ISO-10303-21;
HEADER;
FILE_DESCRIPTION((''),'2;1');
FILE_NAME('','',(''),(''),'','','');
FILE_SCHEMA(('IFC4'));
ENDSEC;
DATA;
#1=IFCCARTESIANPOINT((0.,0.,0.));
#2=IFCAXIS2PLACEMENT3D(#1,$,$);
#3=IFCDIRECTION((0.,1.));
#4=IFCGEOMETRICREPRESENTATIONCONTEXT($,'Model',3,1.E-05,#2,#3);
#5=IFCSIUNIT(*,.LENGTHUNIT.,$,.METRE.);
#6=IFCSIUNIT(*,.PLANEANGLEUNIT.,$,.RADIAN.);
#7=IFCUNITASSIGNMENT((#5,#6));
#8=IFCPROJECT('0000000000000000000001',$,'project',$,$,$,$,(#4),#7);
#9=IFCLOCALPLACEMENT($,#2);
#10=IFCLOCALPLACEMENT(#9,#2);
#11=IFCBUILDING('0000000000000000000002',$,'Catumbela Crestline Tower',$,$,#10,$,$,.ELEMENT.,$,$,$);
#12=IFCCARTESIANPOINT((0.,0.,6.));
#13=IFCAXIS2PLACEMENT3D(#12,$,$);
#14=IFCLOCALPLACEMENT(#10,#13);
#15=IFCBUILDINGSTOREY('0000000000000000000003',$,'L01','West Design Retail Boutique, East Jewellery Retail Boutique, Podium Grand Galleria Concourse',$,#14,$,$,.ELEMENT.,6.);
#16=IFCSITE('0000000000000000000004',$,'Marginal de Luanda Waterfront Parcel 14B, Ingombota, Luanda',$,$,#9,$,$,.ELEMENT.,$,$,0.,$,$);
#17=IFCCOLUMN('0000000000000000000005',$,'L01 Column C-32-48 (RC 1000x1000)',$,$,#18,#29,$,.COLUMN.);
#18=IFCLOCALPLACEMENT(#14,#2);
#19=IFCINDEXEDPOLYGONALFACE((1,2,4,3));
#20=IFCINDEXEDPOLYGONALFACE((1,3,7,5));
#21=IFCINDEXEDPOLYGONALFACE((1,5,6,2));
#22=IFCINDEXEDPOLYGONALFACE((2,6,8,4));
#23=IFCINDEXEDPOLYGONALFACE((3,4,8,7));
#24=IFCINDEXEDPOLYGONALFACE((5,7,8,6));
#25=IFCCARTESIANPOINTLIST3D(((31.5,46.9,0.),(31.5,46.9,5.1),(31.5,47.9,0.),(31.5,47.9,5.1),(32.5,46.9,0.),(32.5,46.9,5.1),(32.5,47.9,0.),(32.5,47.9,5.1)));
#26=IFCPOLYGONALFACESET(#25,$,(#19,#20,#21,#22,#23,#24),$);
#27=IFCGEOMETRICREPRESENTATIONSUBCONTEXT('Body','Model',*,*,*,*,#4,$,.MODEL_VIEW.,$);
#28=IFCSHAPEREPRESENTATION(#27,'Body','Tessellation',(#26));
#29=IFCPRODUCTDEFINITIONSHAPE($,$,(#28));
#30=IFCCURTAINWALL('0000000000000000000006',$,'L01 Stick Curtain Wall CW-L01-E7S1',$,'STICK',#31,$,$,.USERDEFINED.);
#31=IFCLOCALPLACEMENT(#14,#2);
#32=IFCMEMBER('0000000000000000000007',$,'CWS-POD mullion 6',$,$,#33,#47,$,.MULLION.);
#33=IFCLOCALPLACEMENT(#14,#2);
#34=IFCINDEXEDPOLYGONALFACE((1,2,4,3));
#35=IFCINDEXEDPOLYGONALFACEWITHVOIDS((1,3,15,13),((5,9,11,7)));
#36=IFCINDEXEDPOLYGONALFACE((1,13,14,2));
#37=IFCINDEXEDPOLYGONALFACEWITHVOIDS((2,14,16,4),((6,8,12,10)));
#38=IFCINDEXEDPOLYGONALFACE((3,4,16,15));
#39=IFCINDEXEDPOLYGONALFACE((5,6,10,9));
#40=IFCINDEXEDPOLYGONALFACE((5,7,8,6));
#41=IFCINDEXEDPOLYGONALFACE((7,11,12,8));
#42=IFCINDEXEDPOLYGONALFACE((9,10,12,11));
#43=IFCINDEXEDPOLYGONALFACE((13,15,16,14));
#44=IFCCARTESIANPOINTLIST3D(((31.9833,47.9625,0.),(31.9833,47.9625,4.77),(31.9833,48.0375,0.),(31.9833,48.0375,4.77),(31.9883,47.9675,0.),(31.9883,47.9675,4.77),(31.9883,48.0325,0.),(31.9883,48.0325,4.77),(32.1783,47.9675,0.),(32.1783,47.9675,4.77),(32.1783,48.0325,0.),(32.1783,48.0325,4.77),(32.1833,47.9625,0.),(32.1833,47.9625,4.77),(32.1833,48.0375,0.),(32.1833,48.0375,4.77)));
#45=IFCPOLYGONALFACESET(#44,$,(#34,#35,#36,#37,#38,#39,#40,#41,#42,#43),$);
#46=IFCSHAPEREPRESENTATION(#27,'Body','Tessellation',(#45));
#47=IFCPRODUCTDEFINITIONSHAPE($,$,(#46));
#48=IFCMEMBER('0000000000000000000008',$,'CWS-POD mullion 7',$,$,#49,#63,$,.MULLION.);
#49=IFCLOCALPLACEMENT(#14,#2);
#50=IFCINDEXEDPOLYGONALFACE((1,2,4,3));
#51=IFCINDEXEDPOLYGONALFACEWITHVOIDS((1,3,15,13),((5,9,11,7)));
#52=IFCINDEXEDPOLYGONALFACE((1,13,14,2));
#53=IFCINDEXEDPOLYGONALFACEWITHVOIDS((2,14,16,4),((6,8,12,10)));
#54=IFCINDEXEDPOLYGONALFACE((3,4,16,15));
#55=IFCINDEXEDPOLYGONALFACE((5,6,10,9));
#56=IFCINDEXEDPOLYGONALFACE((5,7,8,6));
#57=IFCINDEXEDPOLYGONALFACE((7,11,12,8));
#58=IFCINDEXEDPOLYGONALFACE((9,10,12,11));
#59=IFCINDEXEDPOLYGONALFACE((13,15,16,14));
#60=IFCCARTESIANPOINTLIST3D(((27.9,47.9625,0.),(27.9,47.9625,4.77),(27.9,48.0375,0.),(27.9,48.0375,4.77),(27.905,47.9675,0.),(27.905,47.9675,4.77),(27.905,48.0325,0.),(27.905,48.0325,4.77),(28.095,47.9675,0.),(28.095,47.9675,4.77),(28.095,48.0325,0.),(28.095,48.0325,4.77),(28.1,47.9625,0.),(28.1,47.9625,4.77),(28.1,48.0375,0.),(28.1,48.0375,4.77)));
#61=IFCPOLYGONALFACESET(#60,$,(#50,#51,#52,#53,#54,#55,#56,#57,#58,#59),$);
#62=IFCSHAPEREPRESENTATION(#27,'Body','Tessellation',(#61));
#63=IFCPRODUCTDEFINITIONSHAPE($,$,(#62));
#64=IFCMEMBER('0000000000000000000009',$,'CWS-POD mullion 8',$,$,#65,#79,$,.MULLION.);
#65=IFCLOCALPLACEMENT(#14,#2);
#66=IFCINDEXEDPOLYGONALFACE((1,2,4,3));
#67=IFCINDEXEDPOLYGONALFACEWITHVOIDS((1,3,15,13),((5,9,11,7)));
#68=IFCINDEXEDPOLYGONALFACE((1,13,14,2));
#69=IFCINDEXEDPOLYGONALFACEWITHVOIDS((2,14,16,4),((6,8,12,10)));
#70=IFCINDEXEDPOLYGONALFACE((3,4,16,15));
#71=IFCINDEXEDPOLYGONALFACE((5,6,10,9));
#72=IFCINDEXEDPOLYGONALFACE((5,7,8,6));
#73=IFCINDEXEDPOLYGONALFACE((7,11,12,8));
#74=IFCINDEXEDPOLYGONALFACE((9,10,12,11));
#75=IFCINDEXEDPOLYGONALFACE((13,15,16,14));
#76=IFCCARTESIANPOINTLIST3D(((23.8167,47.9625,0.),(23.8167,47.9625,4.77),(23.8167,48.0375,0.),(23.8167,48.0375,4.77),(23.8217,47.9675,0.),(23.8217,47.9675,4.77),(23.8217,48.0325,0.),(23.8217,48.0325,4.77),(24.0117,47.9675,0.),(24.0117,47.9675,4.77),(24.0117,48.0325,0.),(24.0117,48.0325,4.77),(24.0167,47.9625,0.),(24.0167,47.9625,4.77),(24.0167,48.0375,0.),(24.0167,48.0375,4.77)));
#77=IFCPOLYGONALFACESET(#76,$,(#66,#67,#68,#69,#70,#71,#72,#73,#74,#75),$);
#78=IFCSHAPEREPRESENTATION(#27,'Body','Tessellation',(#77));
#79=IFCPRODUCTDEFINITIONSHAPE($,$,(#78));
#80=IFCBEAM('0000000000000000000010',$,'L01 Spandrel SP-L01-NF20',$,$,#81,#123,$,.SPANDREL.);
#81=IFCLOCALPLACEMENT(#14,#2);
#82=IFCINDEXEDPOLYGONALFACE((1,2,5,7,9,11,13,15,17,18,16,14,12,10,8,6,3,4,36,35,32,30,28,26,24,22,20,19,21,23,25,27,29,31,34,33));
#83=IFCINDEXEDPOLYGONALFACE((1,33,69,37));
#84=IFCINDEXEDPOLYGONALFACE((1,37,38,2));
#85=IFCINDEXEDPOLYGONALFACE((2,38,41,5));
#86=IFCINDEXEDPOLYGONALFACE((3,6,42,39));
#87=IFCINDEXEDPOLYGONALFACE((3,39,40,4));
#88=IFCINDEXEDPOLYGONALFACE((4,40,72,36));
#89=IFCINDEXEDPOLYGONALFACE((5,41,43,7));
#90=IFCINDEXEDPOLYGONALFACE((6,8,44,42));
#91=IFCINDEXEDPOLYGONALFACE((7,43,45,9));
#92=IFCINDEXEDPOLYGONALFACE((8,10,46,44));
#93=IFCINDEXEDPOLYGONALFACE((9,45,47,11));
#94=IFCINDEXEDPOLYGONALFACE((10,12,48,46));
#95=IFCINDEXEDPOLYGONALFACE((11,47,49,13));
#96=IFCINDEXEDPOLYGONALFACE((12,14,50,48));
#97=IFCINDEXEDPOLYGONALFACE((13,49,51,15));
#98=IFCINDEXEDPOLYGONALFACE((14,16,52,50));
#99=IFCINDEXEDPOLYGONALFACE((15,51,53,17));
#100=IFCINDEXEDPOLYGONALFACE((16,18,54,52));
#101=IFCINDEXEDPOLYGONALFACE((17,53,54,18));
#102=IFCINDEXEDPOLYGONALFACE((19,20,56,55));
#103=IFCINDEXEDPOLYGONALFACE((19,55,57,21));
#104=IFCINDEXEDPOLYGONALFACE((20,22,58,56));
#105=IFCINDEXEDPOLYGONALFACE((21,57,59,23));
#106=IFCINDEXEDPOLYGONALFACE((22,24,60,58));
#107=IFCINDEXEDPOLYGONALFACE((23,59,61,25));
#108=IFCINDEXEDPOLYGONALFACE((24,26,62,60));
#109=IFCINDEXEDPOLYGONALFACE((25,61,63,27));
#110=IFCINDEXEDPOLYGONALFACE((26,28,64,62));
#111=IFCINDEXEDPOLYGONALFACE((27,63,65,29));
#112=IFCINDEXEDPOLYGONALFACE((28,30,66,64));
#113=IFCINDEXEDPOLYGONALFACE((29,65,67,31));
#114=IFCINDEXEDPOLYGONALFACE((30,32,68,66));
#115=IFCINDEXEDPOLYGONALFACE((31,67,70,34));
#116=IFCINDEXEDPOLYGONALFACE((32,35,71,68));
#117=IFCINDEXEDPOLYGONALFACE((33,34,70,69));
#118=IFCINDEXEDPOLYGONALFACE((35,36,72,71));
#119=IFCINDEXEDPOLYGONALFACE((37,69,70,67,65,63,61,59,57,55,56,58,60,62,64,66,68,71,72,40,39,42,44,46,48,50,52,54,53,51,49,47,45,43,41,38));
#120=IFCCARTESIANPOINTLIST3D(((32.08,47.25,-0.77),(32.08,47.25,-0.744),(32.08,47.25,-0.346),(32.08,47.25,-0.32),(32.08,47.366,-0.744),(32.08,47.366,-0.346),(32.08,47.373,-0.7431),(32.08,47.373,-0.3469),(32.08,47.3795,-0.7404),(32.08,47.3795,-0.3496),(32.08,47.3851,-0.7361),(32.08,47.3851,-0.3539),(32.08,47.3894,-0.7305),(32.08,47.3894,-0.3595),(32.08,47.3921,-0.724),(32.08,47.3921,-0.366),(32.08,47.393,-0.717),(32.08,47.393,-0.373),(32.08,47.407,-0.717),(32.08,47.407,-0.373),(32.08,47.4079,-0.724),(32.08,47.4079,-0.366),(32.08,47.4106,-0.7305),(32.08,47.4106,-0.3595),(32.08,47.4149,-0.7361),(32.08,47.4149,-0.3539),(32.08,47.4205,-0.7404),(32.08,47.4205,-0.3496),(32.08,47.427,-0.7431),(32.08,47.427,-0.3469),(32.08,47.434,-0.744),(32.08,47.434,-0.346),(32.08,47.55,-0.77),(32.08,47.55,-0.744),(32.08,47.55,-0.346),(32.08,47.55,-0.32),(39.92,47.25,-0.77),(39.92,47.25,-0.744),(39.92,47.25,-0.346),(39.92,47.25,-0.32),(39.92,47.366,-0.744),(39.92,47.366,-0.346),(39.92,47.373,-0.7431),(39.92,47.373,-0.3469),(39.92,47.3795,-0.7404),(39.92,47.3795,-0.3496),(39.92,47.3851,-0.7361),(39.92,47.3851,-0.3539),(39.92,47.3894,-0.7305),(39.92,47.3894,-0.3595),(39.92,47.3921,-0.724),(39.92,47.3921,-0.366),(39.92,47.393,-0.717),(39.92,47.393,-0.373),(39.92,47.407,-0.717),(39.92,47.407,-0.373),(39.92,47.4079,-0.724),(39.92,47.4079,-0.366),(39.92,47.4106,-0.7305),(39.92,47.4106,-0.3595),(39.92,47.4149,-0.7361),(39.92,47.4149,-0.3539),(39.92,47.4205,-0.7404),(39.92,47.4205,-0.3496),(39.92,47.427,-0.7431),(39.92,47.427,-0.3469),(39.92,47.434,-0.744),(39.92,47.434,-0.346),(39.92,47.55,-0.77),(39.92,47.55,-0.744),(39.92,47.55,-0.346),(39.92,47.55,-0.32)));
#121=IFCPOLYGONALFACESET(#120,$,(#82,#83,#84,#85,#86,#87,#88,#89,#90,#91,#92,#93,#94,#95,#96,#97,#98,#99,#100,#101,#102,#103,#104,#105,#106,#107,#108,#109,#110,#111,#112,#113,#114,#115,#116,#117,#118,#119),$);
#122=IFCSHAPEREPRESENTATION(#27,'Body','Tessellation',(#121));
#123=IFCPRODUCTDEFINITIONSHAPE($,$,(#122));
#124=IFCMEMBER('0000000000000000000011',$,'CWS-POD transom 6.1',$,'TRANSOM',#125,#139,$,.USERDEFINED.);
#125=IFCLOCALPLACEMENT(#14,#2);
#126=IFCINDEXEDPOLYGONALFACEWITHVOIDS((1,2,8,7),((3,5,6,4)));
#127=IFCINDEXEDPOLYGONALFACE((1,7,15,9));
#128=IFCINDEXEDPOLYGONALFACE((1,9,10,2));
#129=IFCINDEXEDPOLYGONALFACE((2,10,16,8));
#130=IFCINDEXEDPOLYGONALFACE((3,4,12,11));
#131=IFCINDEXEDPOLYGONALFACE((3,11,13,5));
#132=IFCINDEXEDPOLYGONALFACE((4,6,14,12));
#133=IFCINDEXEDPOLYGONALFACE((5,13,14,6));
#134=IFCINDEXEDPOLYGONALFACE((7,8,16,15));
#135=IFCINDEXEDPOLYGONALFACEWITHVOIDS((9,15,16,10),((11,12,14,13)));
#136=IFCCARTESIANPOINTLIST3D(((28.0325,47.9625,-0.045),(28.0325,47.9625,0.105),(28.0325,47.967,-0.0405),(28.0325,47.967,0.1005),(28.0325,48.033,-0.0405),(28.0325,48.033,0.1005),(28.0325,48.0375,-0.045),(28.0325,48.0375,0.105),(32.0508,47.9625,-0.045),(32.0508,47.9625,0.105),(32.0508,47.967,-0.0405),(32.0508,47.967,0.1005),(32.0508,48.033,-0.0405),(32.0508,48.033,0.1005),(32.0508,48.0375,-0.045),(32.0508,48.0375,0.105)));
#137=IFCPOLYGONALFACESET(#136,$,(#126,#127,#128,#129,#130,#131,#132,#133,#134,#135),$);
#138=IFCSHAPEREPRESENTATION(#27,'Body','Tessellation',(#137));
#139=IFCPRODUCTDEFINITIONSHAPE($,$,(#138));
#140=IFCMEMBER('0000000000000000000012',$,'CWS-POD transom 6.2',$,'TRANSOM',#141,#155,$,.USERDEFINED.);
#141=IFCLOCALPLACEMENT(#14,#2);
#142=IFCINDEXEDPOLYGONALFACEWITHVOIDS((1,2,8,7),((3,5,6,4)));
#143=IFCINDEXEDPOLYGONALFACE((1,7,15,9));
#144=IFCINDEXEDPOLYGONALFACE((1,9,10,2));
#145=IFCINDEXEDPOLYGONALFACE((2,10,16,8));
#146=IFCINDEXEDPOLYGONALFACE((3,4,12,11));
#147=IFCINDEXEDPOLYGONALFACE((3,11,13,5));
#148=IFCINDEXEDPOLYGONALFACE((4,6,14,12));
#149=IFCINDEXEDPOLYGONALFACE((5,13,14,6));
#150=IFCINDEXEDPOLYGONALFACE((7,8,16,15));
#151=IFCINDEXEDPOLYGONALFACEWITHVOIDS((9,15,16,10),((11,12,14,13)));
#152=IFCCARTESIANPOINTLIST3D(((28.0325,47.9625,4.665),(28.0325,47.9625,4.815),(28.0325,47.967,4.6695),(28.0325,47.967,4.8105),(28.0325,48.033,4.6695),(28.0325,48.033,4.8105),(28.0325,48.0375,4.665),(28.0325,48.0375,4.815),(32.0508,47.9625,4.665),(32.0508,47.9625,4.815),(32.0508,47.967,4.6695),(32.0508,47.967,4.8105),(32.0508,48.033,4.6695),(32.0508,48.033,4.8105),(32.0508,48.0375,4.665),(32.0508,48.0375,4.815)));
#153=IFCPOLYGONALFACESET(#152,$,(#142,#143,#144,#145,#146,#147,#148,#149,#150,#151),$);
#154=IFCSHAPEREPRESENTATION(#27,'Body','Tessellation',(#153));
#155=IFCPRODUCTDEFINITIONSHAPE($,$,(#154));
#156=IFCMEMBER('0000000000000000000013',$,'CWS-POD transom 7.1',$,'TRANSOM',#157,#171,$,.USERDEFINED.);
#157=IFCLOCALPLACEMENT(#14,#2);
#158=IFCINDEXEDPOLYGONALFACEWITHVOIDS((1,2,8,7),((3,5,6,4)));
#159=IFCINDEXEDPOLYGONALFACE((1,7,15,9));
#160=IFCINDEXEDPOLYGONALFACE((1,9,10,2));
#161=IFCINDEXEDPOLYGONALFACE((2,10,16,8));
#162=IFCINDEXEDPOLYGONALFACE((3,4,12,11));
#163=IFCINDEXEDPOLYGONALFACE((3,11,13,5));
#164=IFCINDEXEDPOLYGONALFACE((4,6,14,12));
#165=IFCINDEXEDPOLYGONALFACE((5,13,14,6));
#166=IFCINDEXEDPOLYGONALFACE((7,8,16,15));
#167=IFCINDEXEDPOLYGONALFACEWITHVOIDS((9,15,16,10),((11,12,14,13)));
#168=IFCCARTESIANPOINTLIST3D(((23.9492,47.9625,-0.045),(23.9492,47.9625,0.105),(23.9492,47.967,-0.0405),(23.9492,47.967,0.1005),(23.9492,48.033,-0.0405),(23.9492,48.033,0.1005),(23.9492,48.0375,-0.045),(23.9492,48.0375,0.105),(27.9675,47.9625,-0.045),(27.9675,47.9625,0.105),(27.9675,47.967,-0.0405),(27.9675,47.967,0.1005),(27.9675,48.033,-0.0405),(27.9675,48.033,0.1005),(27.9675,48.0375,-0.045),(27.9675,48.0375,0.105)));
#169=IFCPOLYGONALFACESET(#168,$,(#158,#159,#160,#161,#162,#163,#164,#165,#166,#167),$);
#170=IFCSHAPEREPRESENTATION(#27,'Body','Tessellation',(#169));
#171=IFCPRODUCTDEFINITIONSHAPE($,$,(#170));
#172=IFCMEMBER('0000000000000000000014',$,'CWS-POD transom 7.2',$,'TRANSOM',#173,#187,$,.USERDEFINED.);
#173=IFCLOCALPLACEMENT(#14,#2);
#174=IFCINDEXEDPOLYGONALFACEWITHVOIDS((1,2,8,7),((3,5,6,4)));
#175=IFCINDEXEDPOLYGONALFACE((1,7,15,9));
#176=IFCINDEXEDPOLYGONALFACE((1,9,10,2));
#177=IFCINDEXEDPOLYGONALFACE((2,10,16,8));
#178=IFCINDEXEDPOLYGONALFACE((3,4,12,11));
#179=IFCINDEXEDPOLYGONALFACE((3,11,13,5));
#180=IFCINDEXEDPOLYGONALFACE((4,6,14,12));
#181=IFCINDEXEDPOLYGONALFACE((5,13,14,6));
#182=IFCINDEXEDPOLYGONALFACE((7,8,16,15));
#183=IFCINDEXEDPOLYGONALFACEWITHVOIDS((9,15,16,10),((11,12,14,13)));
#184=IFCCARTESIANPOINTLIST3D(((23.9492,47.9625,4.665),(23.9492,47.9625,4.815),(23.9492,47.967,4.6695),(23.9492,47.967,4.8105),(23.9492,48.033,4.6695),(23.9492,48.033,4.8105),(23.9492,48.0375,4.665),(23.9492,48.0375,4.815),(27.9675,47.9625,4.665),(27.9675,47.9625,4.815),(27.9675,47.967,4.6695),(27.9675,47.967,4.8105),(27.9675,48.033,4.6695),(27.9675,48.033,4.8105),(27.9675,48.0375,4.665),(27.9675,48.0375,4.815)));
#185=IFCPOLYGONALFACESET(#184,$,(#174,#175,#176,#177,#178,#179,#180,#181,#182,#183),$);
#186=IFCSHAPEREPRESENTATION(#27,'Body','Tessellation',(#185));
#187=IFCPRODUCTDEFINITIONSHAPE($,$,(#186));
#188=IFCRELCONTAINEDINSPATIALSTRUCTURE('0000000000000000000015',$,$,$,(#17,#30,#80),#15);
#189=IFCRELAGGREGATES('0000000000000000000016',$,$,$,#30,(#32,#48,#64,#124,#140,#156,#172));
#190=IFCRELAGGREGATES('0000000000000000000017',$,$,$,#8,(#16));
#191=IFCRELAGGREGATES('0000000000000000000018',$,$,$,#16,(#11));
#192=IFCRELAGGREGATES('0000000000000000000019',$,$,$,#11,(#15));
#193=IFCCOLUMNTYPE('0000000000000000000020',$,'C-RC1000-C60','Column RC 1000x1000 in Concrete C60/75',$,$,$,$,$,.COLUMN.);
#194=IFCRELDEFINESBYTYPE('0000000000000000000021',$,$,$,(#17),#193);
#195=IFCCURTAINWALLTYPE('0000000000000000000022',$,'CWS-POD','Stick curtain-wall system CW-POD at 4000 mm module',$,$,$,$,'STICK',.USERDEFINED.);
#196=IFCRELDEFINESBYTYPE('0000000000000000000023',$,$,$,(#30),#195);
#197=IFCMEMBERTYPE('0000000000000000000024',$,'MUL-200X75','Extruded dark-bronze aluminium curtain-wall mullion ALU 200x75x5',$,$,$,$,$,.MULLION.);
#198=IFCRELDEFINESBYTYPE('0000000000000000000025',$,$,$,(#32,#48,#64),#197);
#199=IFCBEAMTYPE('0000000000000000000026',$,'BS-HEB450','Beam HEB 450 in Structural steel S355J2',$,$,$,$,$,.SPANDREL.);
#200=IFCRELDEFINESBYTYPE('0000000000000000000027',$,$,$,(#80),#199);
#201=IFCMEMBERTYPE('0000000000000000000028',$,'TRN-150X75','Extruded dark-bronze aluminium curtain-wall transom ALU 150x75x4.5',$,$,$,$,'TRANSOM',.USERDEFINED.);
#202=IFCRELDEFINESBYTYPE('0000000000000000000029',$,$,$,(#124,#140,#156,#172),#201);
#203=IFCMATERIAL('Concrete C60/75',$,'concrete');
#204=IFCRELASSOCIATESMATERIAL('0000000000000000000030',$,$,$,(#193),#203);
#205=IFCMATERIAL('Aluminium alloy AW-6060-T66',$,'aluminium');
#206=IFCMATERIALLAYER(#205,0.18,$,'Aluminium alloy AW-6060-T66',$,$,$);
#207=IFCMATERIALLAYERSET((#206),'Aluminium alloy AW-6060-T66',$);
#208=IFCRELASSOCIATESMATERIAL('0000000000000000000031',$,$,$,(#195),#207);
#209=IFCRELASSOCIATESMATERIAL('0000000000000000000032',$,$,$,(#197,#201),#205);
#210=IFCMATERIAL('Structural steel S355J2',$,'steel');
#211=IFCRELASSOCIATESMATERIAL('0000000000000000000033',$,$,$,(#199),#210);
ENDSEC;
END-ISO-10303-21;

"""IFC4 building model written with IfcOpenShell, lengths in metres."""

from ifc_helpers import new_model, si_unit, direction, frame, origin, origin_2d, place, context, subcontext, project, spatial, rectangle, hollow_rectangle, i_section, extrude, material, layer, layer_set, material_profile, profile_set, type_object, element, aggregate, save


model = new_model("IFC4")

# Units and contexts
model_context = context("Model", 3, precision=1e-05, world=origin(), true_north=direction((0.0, 1.0)))
body_context = subcontext(model_context, "Body", "Model", "MODEL_VIEW")
ifc_project = project(units=[si_unit("LENGTHUNIT", "METRE"), si_unit("PLANEANGLEUNIT", "RADIAN")], contexts=[model_context])

# Site, building, storey
site_placement = place(None, origin())
site = spatial("IfcSite", under=ifc_project, at=site_placement, Name="Marginal de Luanda Waterfront Parcel 14B, Ingombota, Luanda", CompositionType="ELEMENT", RefElevation=0.0)
building_placement = place(site_placement, origin())
building = spatial("IfcBuilding", under=site, at=building_placement, Name="Catumbela Crestline Tower", CompositionType="ELEMENT")
storey_placement = place(building_placement, frame((0.0, 0.0, 6.0)))
storey = spatial("IfcBuildingStorey", under=building, at=storey_placement, Name="L01", Description="West Design Retail Boutique, East Jewellery Retail Boutique, Podium Grand Galleria Concourse", CompositionType="ELEMENT", Elevation=6.0)

# Column
ifc_material_1 = material(Name="Concrete C60/75", Category="concrete")
ifc_material_profile_1 = material_profile(ifc_material_1, rectangle(XDim=1.0, YDim=1.0, at=origin_2d()), Name="RC 1000x1000")
ifc_profile_set_1 = profile_set([ifc_material_profile_1], Name="Concrete C60/75")
column_type = type_object("IfcColumnType", Name="C-RC1000-C60", Description="Column RC 1000x1000 in Concrete C60/75", PredefinedType="COLUMN", material=ifc_profile_set_1)
column_placement = place(storey_placement, frame((32.0, 47.4, 0.0), z_axis=(0.0, 0.0, 1.0), x_axis=(1.0, 0.0, 0.0)))
element("IfcColumn", 1, at=column_placement, inside=storey, type_object=column_type, Name="L01 Column C-32-48 (RC 1000x1000)", PredefinedType="COLUMN", context=body_context, shape_type="SweptSolid", body=[
    extrude(rectangle(XDim=1.0, YDim=1.0, at=origin_2d()), origin(), (0.0, 0.0, 1.0), 5.1),
])

# Curtain wall, members
ifc_material_2 = material(Name="Aluminium alloy AW-6060-T66", Category="aluminium")
ifc_layer_1 = layer(ifc_material_2, 0.18, Name="Aluminium alloy AW-6060-T66")
ifc_layer_set_1 = layer_set([ifc_layer_1], Name="Aluminium alloy AW-6060-T66")
curtain_wall_type = type_object("IfcCurtainWallType", Name="CWS-POD", Description="Stick curtain-wall system CW-POD at 4000 mm module", ElementType="STICK", PredefinedType="USERDEFINED", material=ifc_layer_set_1)
curtain_wall_placement = place(storey_placement, origin())
curtain_wall = element("IfcCurtainWall", 2, at=curtain_wall_placement, inside=storey, type_object=curtain_wall_type, Name="L01 Stick Curtain Wall CW-L01-E7S1", ObjectType="STICK", PredefinedType="USERDEFINED")
ifc_material_profile_2 = material_profile(ifc_material_2, hollow_rectangle(XDim=0.075, YDim=0.2, WallThickness=0.005, at=origin_2d()), Name="ALU 200x75x5")
ifc_profile_set_2 = profile_set([ifc_material_profile_2], Name="Aluminium alloy AW-6060-T66")
member_type_1 = type_object("IfcMemberType", Name="MUL-200X75", Description="Extruded dark-bronze aluminium curtain-wall mullion ALU 200x75x5", PredefinedType="MULLION", material=ifc_profile_set_2)
member_1_placement = place(storey_placement, frame((32.0833, 48.0, 0.0), z_axis=(0.0, 0.0, 1.0), x_axis=(0.0, -1.0, 0.0)))
member_1 = element("IfcMember", 3, at=member_1_placement, type_object=member_type_1, Name="CWS-POD mullion 6", PredefinedType="MULLION", context=body_context, shape_type="SweptSolid", body=[
    extrude(hollow_rectangle(XDim=0.075, YDim=0.2, WallThickness=0.005, at=origin_2d()), origin(), (0.0, 0.0, 1.0), 4.77),
])
member_2_placement = place(storey_placement, frame((28.0, 48.0, 0.0), z_axis=(0.0, 0.0, 1.0), x_axis=(0.0, -1.0, 0.0)))
member_2 = element("IfcMember", 4, at=member_2_placement, type_object=member_type_1, Name="CWS-POD mullion 7", PredefinedType="MULLION", context=body_context, shape_type="SweptSolid", body=[
    extrude(hollow_rectangle(XDim=0.075, YDim=0.2, WallThickness=0.005, at=origin_2d()), origin(), (0.0, 0.0, 1.0), 4.77),
])
member_3_placement = place(storey_placement, frame((23.9167, 48.0, 0.0), z_axis=(0.0, 0.0, 1.0), x_axis=(0.0, -1.0, 0.0)))
member_3 = element("IfcMember", 5, at=member_3_placement, type_object=member_type_1, Name="CWS-POD mullion 8", PredefinedType="MULLION", context=body_context, shape_type="SweptSolid", body=[
    extrude(hollow_rectangle(XDim=0.075, YDim=0.2, WallThickness=0.005, at=origin_2d()), origin(), (0.0, 0.0, 1.0), 4.77),
])

# Beam
ifc_material_3 = material(Name="Structural steel S355J2", Category="steel")
ifc_material_profile_3 = material_profile(ifc_material_3, i_section(OverallWidth=0.3, OverallDepth=0.45, WebThickness=0.014, FlangeThickness=0.026, FilletRadius=0.027, at=origin_2d()), Name="HEB 450")
ifc_profile_set_3 = profile_set([ifc_material_profile_3], Name="Structural steel S355J2")
beam_type = type_object("IfcBeamType", Name="BS-HEB450", Description="Beam HEB 450 in Structural steel S355J2", PredefinedType="SPANDREL", material=ifc_profile_set_3)
beam_placement = place(storey_placement, frame((32.08, 47.4, -0.545), z_axis=(1.0, 0.0, 0.0), x_axis=(0.0, 1.0, 0.0)))
element("IfcBeam", 6, at=beam_placement, inside=storey, type_object=beam_type, Name="L01 Spandrel SP-L01-NF20", PredefinedType="SPANDREL", context=body_context, shape_type="SweptSolid", body=[
    extrude(i_section(OverallWidth=0.3, OverallDepth=0.45, WebThickness=0.014, FlangeThickness=0.026, FilletRadius=0.027, at=origin_2d()), origin(), (0.0, 0.0, 1.0), 7.84),
])

# Members
ifc_material_profile_4 = material_profile(ifc_material_2, hollow_rectangle(XDim=0.075, YDim=0.15, WallThickness=0.0045, at=origin_2d()), Name="ALU 150x75x4.5")
ifc_profile_set_4 = profile_set([ifc_material_profile_4], Name="Aluminium alloy AW-6060-T66")
member_type_2 = type_object("IfcMemberType", Name="TRN-150X75", Description="Extruded dark-bronze aluminium curtain-wall transom ALU 150x75x4.5", ElementType="TRANSOM", PredefinedType="USERDEFINED", material=ifc_profile_set_4)
member_4_placement = place(storey_placement, frame((32.0508, 48.0, 0.03), z_axis=(-1.0, 0.0, 0.0), x_axis=(0.0, -1.0, 0.0)))
member_4 = element("IfcMember", 7, at=member_4_placement, type_object=member_type_2, Name="CWS-POD transom 6.1", ObjectType="TRANSOM", PredefinedType="USERDEFINED", context=body_context, shape_type="SweptSolid", body=[
    extrude(hollow_rectangle(XDim=0.075, YDim=0.15, WallThickness=0.0045, at=origin_2d()), origin(), (0.0, 0.0, 1.0), 4.0183),
])
member_5_placement = place(storey_placement, frame((32.0508, 48.0, 4.74), z_axis=(-1.0, 0.0, 0.0), x_axis=(0.0, -1.0, 0.0)))
member_5 = element("IfcMember", 8, at=member_5_placement, type_object=member_type_2, Name="CWS-POD transom 6.2", ObjectType="TRANSOM", PredefinedType="USERDEFINED", context=body_context, shape_type="SweptSolid", body=[
    extrude(hollow_rectangle(XDim=0.075, YDim=0.15, WallThickness=0.0045, at=origin_2d()), origin(), (0.0, 0.0, 1.0), 4.0183),
])
member_6_placement = place(storey_placement, frame((27.9675, 48.0, 0.03), z_axis=(-1.0, 0.0, 0.0), x_axis=(0.0, -1.0, 0.0)))
member_6 = element("IfcMember", 9, at=member_6_placement, type_object=member_type_2, Name="CWS-POD transom 7.1", ObjectType="TRANSOM", PredefinedType="USERDEFINED", context=body_context, shape_type="SweptSolid", body=[
    extrude(hollow_rectangle(XDim=0.075, YDim=0.15, WallThickness=0.0045, at=origin_2d()), origin(), (0.0, 0.0, 1.0), 4.0183),
])
member_7_placement = place(storey_placement, frame((27.9675, 48.0, 4.74), z_axis=(-1.0, 0.0, 0.0), x_axis=(0.0, -1.0, 0.0)))
member_7 = element("IfcMember", 10, at=member_7_placement, type_object=member_type_2, Name="CWS-POD transom 7.2", ObjectType="TRANSOM", PredefinedType="USERDEFINED", context=body_context, shape_type="SweptSolid", body=[
    extrude(hollow_rectangle(XDim=0.075, YDim=0.15, WallThickness=0.0045, at=origin_2d()), origin(), (0.0, 0.0, 1.0), 4.0183),
])

aggregate(curtain_wall, [member_1, member_2, member_3, member_4, member_5, member_6, member_7])

save(model, "model.ifc")
